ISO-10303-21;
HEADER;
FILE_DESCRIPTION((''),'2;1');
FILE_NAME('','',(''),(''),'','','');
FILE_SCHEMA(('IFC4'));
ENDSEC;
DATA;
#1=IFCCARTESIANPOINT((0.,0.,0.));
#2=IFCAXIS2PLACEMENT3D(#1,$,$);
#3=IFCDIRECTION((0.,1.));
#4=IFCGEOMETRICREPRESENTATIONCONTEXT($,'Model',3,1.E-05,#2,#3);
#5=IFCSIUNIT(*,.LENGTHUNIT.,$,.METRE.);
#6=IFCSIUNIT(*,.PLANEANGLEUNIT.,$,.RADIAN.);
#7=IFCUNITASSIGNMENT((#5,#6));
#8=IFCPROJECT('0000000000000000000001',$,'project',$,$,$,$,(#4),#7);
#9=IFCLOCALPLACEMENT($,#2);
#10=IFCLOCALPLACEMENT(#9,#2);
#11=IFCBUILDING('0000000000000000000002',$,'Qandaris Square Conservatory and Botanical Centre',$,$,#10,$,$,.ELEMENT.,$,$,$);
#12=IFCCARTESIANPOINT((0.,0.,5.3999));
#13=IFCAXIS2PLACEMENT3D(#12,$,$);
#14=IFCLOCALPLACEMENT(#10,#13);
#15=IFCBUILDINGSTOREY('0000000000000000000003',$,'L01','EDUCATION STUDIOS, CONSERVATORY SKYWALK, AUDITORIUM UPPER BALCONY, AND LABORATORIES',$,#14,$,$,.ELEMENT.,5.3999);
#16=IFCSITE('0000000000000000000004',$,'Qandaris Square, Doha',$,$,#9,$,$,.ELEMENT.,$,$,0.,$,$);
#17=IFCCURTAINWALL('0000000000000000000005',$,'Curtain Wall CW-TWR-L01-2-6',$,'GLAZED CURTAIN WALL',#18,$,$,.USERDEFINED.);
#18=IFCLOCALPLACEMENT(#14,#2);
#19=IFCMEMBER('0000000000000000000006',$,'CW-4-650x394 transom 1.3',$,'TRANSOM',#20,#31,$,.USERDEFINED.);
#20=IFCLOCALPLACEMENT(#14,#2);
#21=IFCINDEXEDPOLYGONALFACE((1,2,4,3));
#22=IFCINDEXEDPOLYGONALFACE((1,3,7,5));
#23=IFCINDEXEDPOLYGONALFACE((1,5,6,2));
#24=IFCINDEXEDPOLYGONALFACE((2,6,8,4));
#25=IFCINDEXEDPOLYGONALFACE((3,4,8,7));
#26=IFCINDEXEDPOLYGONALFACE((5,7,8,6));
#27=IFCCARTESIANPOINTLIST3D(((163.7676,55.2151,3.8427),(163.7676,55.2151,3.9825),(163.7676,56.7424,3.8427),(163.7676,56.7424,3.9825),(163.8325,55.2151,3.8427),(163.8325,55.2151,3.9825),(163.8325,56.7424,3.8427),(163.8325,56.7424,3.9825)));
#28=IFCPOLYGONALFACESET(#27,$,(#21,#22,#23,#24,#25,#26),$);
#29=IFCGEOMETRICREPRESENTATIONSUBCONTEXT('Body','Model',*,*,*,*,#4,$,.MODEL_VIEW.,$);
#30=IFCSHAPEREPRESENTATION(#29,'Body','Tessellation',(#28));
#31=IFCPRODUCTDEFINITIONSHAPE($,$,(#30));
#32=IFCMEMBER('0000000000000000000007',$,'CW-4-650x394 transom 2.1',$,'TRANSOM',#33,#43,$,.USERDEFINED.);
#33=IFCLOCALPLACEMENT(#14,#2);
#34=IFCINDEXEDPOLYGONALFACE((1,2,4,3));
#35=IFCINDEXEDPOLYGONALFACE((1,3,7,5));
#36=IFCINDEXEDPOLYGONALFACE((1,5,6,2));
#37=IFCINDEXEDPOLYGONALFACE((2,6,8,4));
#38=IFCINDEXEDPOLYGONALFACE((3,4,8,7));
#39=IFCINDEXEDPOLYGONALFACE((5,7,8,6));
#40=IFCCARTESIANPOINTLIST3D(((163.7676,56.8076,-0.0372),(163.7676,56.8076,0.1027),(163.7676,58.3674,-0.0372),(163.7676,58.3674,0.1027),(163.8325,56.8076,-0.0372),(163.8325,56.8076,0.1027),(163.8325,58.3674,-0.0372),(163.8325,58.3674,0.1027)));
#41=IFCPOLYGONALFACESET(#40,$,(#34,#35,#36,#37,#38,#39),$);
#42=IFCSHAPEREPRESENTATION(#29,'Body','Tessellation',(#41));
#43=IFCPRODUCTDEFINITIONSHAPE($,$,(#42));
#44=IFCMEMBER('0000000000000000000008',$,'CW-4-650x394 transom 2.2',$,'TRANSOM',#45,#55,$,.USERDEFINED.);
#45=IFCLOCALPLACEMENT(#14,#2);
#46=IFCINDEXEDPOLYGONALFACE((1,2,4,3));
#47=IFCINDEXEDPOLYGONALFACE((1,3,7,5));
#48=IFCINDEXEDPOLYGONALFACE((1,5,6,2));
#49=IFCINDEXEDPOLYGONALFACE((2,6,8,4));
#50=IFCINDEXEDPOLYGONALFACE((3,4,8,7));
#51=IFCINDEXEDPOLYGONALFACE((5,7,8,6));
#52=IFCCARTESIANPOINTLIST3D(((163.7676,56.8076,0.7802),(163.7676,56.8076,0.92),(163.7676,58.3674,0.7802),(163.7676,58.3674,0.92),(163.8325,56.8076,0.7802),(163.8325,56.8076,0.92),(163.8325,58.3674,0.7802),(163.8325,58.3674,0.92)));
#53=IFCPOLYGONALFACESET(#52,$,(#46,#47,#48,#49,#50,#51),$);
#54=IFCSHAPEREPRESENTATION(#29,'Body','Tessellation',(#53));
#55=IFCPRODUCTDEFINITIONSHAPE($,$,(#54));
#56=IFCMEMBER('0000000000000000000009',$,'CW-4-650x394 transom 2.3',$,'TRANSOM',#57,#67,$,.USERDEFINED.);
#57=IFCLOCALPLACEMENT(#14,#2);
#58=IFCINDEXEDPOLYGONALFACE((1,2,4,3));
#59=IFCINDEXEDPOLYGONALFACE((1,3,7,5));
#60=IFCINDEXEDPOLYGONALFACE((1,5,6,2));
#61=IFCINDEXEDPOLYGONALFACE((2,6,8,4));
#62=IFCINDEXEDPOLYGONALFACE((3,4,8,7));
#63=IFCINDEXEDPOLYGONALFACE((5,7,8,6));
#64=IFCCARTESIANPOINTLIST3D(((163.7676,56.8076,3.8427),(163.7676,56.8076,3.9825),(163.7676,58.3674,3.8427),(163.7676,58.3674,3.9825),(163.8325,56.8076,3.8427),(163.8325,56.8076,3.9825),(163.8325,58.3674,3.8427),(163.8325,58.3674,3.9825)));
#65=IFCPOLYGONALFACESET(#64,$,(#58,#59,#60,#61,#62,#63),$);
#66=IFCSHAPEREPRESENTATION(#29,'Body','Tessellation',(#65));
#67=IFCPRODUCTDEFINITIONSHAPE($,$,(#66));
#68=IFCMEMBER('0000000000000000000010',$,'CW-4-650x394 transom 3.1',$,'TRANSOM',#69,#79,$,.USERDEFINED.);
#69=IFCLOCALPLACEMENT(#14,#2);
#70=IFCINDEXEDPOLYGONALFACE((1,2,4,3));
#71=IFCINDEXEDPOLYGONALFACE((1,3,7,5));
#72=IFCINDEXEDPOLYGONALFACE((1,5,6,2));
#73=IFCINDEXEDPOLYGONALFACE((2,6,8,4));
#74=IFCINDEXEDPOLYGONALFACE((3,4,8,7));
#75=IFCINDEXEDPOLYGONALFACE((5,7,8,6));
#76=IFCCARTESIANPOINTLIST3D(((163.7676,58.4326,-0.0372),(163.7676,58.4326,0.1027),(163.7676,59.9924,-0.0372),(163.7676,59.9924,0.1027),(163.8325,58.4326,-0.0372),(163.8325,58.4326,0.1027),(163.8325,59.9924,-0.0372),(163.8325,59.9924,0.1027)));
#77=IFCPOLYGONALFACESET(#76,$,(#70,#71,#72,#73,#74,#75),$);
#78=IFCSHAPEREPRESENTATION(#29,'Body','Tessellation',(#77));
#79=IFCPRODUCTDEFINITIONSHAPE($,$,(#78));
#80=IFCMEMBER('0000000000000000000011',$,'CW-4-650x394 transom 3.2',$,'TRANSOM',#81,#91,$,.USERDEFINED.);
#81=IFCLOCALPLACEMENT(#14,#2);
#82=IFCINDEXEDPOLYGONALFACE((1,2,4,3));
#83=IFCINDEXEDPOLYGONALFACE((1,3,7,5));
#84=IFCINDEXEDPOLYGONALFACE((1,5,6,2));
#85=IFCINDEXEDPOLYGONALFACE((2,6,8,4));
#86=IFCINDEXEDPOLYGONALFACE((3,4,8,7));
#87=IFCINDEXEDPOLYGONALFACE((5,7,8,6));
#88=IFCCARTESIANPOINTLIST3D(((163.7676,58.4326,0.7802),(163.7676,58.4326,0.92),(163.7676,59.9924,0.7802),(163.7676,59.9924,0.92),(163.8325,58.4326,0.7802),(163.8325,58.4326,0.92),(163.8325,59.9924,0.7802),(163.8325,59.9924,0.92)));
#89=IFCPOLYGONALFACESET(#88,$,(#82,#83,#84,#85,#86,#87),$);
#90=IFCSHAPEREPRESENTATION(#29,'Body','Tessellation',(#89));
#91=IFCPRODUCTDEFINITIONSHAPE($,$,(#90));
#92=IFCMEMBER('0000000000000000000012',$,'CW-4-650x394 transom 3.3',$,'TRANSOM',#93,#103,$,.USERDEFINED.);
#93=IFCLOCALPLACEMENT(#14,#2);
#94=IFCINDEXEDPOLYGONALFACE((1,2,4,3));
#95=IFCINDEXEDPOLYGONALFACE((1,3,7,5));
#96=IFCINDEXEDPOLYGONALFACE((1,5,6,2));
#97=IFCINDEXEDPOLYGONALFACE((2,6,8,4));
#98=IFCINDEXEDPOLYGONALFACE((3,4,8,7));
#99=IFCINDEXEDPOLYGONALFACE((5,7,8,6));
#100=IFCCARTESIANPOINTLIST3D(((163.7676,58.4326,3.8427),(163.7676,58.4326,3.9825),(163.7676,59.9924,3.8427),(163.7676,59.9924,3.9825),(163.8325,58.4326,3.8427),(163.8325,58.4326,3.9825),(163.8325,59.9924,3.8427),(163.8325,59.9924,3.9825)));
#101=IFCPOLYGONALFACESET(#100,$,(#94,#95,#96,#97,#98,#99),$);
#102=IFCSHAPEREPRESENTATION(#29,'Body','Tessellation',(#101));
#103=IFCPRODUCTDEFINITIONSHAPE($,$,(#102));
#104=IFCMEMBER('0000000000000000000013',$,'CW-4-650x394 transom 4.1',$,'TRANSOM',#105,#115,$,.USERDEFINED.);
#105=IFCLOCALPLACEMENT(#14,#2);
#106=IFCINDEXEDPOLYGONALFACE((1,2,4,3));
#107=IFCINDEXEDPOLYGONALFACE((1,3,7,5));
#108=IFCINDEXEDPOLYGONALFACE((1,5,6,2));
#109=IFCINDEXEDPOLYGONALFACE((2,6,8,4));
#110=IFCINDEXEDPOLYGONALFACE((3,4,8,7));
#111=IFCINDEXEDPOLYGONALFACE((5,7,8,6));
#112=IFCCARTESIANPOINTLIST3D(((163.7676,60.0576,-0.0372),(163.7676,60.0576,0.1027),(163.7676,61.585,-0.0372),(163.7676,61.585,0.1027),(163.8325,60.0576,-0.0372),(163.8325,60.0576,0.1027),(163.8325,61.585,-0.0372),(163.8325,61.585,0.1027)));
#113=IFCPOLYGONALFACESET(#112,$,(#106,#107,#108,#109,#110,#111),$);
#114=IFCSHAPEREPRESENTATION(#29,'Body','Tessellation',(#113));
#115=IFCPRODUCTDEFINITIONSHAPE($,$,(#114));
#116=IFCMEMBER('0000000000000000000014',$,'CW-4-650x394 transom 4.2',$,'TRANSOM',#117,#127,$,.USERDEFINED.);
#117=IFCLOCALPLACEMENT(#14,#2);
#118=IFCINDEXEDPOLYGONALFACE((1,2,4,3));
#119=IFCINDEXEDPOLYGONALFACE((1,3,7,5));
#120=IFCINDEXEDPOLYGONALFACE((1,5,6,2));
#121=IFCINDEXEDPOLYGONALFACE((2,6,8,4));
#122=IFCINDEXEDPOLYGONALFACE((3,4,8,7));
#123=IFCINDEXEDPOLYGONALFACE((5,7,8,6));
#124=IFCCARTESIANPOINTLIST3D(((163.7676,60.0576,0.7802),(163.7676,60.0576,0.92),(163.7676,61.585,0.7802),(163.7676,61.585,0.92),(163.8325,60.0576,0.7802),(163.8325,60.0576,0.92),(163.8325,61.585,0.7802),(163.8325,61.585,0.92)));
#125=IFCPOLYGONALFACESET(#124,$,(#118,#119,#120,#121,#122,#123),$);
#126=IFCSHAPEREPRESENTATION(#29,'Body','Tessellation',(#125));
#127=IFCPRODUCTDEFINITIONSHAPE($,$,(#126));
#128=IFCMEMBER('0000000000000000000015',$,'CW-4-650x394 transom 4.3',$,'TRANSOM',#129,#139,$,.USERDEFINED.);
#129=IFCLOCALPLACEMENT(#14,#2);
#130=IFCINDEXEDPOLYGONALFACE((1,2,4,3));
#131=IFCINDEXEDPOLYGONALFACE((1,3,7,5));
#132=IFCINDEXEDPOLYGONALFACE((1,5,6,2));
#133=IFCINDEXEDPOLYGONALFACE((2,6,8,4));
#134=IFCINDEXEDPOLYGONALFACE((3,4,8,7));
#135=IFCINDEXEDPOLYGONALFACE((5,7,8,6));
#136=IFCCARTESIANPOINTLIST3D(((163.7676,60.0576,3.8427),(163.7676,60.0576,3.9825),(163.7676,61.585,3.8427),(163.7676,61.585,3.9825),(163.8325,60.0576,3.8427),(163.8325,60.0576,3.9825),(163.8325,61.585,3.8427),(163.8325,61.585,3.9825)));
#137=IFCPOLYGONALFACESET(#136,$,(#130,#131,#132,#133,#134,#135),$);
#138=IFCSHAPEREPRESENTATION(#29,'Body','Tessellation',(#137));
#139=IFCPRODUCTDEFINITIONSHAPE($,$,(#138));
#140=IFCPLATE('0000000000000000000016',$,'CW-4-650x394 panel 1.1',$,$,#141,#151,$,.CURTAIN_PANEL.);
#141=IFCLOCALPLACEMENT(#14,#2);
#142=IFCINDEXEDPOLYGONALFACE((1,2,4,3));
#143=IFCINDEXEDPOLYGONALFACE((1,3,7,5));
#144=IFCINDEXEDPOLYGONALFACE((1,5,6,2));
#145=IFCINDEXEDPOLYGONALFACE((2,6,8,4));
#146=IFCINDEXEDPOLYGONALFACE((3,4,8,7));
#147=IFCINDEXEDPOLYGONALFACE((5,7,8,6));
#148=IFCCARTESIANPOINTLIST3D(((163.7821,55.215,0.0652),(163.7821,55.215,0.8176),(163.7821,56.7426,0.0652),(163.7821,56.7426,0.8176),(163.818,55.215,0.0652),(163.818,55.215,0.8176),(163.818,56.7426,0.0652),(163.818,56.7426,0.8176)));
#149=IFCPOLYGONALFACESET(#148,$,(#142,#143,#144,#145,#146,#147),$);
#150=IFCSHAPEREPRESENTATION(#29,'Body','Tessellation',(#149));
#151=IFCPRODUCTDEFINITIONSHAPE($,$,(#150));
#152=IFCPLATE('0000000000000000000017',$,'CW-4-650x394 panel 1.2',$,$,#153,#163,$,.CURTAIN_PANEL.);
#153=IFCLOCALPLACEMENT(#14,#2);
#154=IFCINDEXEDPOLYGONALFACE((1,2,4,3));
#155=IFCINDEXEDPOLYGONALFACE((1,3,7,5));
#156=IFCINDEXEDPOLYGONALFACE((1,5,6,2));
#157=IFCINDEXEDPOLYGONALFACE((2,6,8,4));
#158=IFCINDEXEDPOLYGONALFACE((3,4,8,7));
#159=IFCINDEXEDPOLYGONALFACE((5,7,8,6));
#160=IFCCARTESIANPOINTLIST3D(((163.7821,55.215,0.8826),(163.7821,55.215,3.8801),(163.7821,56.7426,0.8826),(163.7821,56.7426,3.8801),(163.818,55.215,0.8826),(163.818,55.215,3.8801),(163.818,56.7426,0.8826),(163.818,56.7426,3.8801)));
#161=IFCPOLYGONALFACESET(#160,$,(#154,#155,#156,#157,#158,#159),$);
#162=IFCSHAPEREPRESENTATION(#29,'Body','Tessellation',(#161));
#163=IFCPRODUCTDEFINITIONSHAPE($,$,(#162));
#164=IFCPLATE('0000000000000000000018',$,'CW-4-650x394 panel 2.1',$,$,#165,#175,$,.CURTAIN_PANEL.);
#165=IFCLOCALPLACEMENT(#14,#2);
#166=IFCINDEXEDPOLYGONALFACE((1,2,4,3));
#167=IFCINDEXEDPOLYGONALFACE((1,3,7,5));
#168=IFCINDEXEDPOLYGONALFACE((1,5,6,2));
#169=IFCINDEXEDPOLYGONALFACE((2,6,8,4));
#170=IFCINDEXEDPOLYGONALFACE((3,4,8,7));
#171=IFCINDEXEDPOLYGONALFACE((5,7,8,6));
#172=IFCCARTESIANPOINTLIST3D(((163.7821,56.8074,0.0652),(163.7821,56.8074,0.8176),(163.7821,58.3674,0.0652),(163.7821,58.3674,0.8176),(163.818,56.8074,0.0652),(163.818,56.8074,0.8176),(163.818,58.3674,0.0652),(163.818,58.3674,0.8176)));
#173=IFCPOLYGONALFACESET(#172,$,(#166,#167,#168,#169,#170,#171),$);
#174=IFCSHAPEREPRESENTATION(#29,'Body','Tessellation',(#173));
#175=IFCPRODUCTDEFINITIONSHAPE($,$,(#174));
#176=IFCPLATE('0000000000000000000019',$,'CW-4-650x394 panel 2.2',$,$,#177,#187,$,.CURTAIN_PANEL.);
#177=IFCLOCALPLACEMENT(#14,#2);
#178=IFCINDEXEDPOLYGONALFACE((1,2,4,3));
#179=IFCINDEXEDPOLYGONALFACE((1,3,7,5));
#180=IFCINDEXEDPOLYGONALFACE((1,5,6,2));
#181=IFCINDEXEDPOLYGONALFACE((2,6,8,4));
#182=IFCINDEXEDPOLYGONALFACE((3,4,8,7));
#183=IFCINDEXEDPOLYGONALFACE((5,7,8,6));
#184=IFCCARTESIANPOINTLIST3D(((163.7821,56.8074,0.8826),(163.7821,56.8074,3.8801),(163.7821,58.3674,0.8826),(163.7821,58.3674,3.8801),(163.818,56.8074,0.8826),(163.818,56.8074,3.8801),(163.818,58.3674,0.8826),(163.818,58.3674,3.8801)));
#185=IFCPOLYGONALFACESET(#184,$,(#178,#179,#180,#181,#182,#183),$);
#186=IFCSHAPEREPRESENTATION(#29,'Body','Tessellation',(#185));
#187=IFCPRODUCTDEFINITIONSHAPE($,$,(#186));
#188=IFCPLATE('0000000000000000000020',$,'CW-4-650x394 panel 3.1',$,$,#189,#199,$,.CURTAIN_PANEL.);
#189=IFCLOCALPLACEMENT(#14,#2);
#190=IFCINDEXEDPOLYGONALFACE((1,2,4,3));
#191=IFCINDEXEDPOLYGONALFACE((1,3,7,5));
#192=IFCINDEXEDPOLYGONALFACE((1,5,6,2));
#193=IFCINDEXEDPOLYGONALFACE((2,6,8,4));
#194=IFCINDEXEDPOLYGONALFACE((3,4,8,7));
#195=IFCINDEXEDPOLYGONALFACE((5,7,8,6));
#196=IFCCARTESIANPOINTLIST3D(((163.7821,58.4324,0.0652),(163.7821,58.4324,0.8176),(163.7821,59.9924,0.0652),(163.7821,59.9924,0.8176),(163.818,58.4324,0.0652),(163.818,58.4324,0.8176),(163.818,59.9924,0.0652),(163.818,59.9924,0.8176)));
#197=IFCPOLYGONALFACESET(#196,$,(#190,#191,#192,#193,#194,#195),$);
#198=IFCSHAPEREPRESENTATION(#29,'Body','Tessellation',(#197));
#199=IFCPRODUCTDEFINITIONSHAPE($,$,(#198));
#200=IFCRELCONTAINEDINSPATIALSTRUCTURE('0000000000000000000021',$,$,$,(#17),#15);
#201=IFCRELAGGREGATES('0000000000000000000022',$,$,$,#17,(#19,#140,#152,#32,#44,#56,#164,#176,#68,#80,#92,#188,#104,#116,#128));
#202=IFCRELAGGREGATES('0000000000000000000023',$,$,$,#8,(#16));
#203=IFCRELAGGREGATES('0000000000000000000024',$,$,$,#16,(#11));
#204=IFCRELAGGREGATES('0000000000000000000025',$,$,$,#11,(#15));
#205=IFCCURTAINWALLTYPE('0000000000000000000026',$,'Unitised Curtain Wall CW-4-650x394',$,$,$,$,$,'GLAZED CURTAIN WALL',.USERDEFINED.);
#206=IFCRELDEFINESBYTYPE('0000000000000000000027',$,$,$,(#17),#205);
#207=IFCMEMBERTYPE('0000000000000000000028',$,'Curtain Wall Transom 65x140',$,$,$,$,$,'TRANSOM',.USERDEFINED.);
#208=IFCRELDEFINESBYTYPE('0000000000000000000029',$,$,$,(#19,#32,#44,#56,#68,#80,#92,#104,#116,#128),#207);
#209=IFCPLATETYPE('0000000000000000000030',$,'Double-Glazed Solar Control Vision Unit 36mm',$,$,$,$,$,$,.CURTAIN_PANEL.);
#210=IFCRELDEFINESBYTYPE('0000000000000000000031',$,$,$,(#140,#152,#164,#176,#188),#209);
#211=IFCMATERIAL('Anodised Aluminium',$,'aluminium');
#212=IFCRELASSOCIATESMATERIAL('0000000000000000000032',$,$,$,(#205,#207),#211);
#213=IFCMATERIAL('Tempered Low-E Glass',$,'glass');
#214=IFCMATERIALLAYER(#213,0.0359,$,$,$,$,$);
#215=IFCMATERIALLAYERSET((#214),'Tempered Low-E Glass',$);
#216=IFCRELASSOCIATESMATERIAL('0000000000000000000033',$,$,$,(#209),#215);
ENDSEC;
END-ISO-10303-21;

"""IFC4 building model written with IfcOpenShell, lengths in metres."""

from ifc_helpers import new_model, si_unit, direction, frame, origin, origin_2d, place, context, subcontext, project, spatial, rectangle, extrude, material, layer, layer_set, material_profile, profile_set, type_object, element, aggregate, save


model = new_model("IFC4")

# Units and contexts
model_context = context("Model", 3, precision=1e-05, world=origin(), true_north=direction((0.0, 1.0)))
body_context = subcontext(model_context, "Body", "Model", "MODEL_VIEW")
ifc_project = project(units=[si_unit("LENGTHUNIT", "METRE"), si_unit("PLANEANGLEUNIT", "RADIAN")], contexts=[model_context])

# Site, building, storey
site_placement = place(None, origin())
site = spatial("IfcSite", under=ifc_project, at=site_placement, Name="Qandaris Square, Doha", CompositionType="ELEMENT", RefElevation=0.0)
building_placement = place(site_placement, origin())
building = spatial("IfcBuilding", under=site, at=building_placement, Name="Qandaris Square Conservatory and Botanical Centre", CompositionType="ELEMENT")
storey_placement = place(building_placement, frame((0.0, 0.0, 5.3999)))
storey = spatial("IfcBuildingStorey", under=building, at=storey_placement, Name="L01", Description="EDUCATION STUDIOS, CONSERVATORY SKYWALK, AUDITORIUM UPPER BALCONY, AND LABORATORIES", CompositionType="ELEMENT", Elevation=5.3999)

# Curtain wall, members, plates
ifc_material_1 = material(Name="Anodised Aluminium", Category="aluminium")
curtain_wall_type = type_object("IfcCurtainWallType", Name="Unitised Curtain Wall CW-4-650x394", ElementType="GLAZED CURTAIN WALL", PredefinedType="USERDEFINED", material=ifc_material_1)
curtain_wall_placement = place(storey_placement, origin())
curtain_wall = element("IfcCurtainWall", 1, at=curtain_wall_placement, inside=storey, type_object=curtain_wall_type, Name="Curtain Wall CW-TWR-L01-2-6", ObjectType="GLAZED CURTAIN WALL", PredefinedType="USERDEFINED")
ifc_material_profile_1 = material_profile(ifc_material_1, rectangle(XDim=0.0649, YDim=0.1399, at=origin_2d()), Name="ALU-TRN 65x140")
ifc_profile_set_1 = profile_set([ifc_material_profile_1], Name="Anodised Aluminium")
member_type_1 = type_object("IfcMemberType", Name="Curtain Wall Transom 65x140", ElementType="TRANSOM", PredefinedType="USERDEFINED", material=ifc_profile_set_1)
member_1_placement = place(storey_placement, frame((163.8, 55.2151, 3.9126), z_axis=(0.0, 1.0, 0.0), x_axis=(-1.0, 0.0, 0.0)))
member_1 = element("IfcMember", 2, at=member_1_placement, type_object=member_type_1, Name="CW-4-650x394 transom 1.3", ObjectType="TRANSOM", PredefinedType="USERDEFINED", context=body_context, shape_type="SweptSolid", body=[
    extrude(rectangle(XDim=0.0649, YDim=0.1399, at=origin_2d()), origin(), (0.0, 0.0, 1.0), 1.5273),
])
member_2_placement = place(storey_placement, frame((163.8, 56.8076, 0.0327), z_axis=(0.0, 1.0, 0.0), x_axis=(-1.0, 0.0, 0.0)))
member_2 = element("IfcMember", 3, at=member_2_placement, type_object=member_type_1, Name="CW-4-650x394 transom 2.1", ObjectType="TRANSOM", PredefinedType="USERDEFINED", context=body_context, shape_type="SweptSolid", body=[
    extrude(rectangle(XDim=0.0649, YDim=0.1399, at=origin_2d()), origin(), (0.0, 0.0, 1.0), 1.5598),
])
member_3_placement = place(storey_placement, frame((163.8, 56.8076, 0.8501), z_axis=(0.0, 1.0, 0.0), x_axis=(-1.0, 0.0, 0.0)))
member_3 = element("IfcMember", 4, at=member_3_placement, type_object=member_type_1, Name="CW-4-650x394 transom 2.2", ObjectType="TRANSOM", PredefinedType="USERDEFINED", context=body_context, shape_type="SweptSolid", body=[
    extrude(rectangle(XDim=0.0649, YDim=0.1399, at=origin_2d()), origin(), (0.0, 0.0, 1.0), 1.5598),
])
member_4_placement = place(storey_placement, frame((163.8, 56.8076, 3.9126), z_axis=(0.0, 1.0, 0.0), x_axis=(-1.0, 0.0, 0.0)))
member_4 = element("IfcMember", 5, at=member_4_placement, type_object=member_type_1, Name="CW-4-650x394 transom 2.3", ObjectType="TRANSOM", PredefinedType="USERDEFINED", context=body_context, shape_type="SweptSolid", body=[
    extrude(rectangle(XDim=0.0649, YDim=0.1399, at=origin_2d()), origin(), (0.0, 0.0, 1.0), 1.5598),
])
member_5_placement = place(storey_placement, frame((163.8, 58.4326, 0.0327), z_axis=(0.0, 1.0, 0.0), x_axis=(-1.0, 0.0, 0.0)))
member_5 = element("IfcMember", 6, at=member_5_placement, type_object=member_type_1, Name="CW-4-650x394 transom 3.1", ObjectType="TRANSOM", PredefinedType="USERDEFINED", context=body_context, shape_type="SweptSolid", body=[
    extrude(rectangle(XDim=0.0649, YDim=0.1399, at=origin_2d()), origin(), (0.0, 0.0, 1.0), 1.5598),
])
member_6_placement = place(storey_placement, frame((163.8, 58.4326, 0.8501), z_axis=(0.0, 1.0, 0.0), x_axis=(-1.0, 0.0, 0.0)))
member_6 = element("IfcMember", 7, at=member_6_placement, type_object=member_type_1, Name="CW-4-650x394 transom 3.2", ObjectType="TRANSOM", PredefinedType="USERDEFINED", context=body_context, shape_type="SweptSolid", body=[
    extrude(rectangle(XDim=0.0649, YDim=0.1399, at=origin_2d()), origin(), (0.0, 0.0, 1.0), 1.5598),
])
member_7_placement = place(storey_placement, frame((163.8, 58.4326, 3.9126), z_axis=(0.0, 1.0, 0.0), x_axis=(-1.0, 0.0, 0.0)))
member_7 = element("IfcMember", 8, at=member_7_placement, type_object=member_type_1, Name="CW-4-650x394 transom 3.3", ObjectType="TRANSOM", PredefinedType="USERDEFINED", context=body_context, shape_type="SweptSolid", body=[
    extrude(rectangle(XDim=0.0649, YDim=0.1399, at=origin_2d()), origin(), (0.0, 0.0, 1.0), 1.5598),
])
member_8_placement = place(storey_placement, frame((163.8, 60.0576, 0.0327), z_axis=(0.0, 1.0, 0.0), x_axis=(-1.0, 0.0, 0.0)))
member_8 = element("IfcMember", 9, at=member_8_placement, type_object=member_type_1, Name="CW-4-650x394 transom 4.1", ObjectType="TRANSOM", PredefinedType="USERDEFINED", context=body_context, shape_type="SweptSolid", body=[
    extrude(rectangle(XDim=0.0649, YDim=0.1399, at=origin_2d()), origin(), (0.0, 0.0, 1.0), 1.5273),
])
member_9_placement = place(storey_placement, frame((163.8, 60.0576, 0.8501), z_axis=(0.0, 1.0, 0.0), x_axis=(-1.0, 0.0, 0.0)))
member_9 = element("IfcMember", 10, at=member_9_placement, type_object=member_type_1, Name="CW-4-650x394 transom 4.2", ObjectType="TRANSOM", PredefinedType="USERDEFINED", context=body_context, shape_type="SweptSolid", body=[
    extrude(rectangle(XDim=0.0649, YDim=0.1399, at=origin_2d()), origin(), (0.0, 0.0, 1.0), 1.5273),
])
member_10_placement = place(storey_placement, frame((163.8, 60.0576, 3.9126), z_axis=(0.0, 1.0, 0.0), x_axis=(-1.0, 0.0, 0.0)))
member_10 = element("IfcMember", 11, at=member_10_placement, type_object=member_type_1, Name="CW-4-650x394 transom 4.3", ObjectType="TRANSOM", PredefinedType="USERDEFINED", context=body_context, shape_type="SweptSolid", body=[
    extrude(rectangle(XDim=0.0649, YDim=0.1399, at=origin_2d()), origin(), (0.0, 0.0, 1.0), 1.5273),
])
ifc_material_2 = material(Name="Tempered Low-E Glass", Category="glass")
ifc_layer_1 = layer(ifc_material_2, 0.0359)
ifc_layer_set_1 = layer_set([ifc_layer_1], Name="Tempered Low-E Glass")
plate_type_1 = type_object("IfcPlateType", Name="Double-Glazed Solar Control Vision Unit 36mm", PredefinedType="CURTAIN_PANEL", material=ifc_layer_set_1)
plate_1_placement = place(storey_placement, frame((163.8, 55.9788, 0.0652), z_axis=(0.0, 0.0, 1.0), x_axis=(0.0, 1.0, 0.0)))
plate_1 = element("IfcPlate", 12, at=plate_1_placement, type_object=plate_type_1, Name="CW-4-650x394 panel 1.1", PredefinedType="CURTAIN_PANEL", context=body_context, shape_type="SweptSolid", body=[
    extrude(rectangle(XDim=1.5276, YDim=0.0359, at=origin_2d()), origin(), (0.0, 0.0, 1.0), 0.7524),
])
plate_2_placement = place(storey_placement, frame((163.8, 55.9788, 0.8826), z_axis=(0.0, 0.0, 1.0), x_axis=(0.0, 1.0, 0.0)))
plate_2 = element("IfcPlate", 13, at=plate_2_placement, type_object=plate_type_1, Name="CW-4-650x394 panel 1.2", PredefinedType="CURTAIN_PANEL", context=body_context, shape_type="SweptSolid", body=[
    extrude(rectangle(XDim=1.5276, YDim=0.0359, at=origin_2d()), origin(), (0.0, 0.0, 1.0), 2.9976),
])
plate_3_placement = place(storey_placement, frame((163.8, 57.5874, 0.0652), z_axis=(0.0, 0.0, 1.0), x_axis=(0.0, 1.0, 0.0)))
plate_3 = element("IfcPlate", 14, at=plate_3_placement, type_object=plate_type_1, Name="CW-4-650x394 panel 2.1", PredefinedType="CURTAIN_PANEL", context=body_context, shape_type="SweptSolid", body=[
    extrude(rectangle(XDim=1.5601, YDim=0.0359, at=origin_2d()), origin(), (0.0, 0.0, 1.0), 0.7524),
])
plate_4_placement = place(storey_placement, frame((163.8, 57.5874, 0.8826), z_axis=(0.0, 0.0, 1.0), x_axis=(0.0, 1.0, 0.0)))
plate_4 = element("IfcPlate", 15, at=plate_4_placement, type_object=plate_type_1, Name="CW-4-650x394 panel 2.2", PredefinedType="CURTAIN_PANEL", context=body_context, shape_type="SweptSolid", body=[
    extrude(rectangle(XDim=1.5601, YDim=0.0359, at=origin_2d()), origin(), (0.0, 0.0, 1.0), 2.9976),
])
plate_5_placement = place(storey_placement, frame((163.8, 59.2124, 0.0652), z_axis=(0.0, 0.0, 1.0), x_axis=(0.0, 1.0, 0.0)))
plate_5 = element("IfcPlate", 16, at=plate_5_placement, type_object=plate_type_1, Name="CW-4-650x394 panel 3.1", PredefinedType="CURTAIN_PANEL", context=body_context, shape_type="SweptSolid", body=[
    extrude(rectangle(XDim=1.5601, YDim=0.0359, at=origin_2d()), origin(), (0.0, 0.0, 1.0), 0.7524),
])
aggregate(curtain_wall, [member_1, plate_1, plate_2, member_2, member_3, member_4, plate_3, plate_4, member_5, member_6, member_7, plate_5, member_8, member_9, member_10])

save(model, "model.ifc")
